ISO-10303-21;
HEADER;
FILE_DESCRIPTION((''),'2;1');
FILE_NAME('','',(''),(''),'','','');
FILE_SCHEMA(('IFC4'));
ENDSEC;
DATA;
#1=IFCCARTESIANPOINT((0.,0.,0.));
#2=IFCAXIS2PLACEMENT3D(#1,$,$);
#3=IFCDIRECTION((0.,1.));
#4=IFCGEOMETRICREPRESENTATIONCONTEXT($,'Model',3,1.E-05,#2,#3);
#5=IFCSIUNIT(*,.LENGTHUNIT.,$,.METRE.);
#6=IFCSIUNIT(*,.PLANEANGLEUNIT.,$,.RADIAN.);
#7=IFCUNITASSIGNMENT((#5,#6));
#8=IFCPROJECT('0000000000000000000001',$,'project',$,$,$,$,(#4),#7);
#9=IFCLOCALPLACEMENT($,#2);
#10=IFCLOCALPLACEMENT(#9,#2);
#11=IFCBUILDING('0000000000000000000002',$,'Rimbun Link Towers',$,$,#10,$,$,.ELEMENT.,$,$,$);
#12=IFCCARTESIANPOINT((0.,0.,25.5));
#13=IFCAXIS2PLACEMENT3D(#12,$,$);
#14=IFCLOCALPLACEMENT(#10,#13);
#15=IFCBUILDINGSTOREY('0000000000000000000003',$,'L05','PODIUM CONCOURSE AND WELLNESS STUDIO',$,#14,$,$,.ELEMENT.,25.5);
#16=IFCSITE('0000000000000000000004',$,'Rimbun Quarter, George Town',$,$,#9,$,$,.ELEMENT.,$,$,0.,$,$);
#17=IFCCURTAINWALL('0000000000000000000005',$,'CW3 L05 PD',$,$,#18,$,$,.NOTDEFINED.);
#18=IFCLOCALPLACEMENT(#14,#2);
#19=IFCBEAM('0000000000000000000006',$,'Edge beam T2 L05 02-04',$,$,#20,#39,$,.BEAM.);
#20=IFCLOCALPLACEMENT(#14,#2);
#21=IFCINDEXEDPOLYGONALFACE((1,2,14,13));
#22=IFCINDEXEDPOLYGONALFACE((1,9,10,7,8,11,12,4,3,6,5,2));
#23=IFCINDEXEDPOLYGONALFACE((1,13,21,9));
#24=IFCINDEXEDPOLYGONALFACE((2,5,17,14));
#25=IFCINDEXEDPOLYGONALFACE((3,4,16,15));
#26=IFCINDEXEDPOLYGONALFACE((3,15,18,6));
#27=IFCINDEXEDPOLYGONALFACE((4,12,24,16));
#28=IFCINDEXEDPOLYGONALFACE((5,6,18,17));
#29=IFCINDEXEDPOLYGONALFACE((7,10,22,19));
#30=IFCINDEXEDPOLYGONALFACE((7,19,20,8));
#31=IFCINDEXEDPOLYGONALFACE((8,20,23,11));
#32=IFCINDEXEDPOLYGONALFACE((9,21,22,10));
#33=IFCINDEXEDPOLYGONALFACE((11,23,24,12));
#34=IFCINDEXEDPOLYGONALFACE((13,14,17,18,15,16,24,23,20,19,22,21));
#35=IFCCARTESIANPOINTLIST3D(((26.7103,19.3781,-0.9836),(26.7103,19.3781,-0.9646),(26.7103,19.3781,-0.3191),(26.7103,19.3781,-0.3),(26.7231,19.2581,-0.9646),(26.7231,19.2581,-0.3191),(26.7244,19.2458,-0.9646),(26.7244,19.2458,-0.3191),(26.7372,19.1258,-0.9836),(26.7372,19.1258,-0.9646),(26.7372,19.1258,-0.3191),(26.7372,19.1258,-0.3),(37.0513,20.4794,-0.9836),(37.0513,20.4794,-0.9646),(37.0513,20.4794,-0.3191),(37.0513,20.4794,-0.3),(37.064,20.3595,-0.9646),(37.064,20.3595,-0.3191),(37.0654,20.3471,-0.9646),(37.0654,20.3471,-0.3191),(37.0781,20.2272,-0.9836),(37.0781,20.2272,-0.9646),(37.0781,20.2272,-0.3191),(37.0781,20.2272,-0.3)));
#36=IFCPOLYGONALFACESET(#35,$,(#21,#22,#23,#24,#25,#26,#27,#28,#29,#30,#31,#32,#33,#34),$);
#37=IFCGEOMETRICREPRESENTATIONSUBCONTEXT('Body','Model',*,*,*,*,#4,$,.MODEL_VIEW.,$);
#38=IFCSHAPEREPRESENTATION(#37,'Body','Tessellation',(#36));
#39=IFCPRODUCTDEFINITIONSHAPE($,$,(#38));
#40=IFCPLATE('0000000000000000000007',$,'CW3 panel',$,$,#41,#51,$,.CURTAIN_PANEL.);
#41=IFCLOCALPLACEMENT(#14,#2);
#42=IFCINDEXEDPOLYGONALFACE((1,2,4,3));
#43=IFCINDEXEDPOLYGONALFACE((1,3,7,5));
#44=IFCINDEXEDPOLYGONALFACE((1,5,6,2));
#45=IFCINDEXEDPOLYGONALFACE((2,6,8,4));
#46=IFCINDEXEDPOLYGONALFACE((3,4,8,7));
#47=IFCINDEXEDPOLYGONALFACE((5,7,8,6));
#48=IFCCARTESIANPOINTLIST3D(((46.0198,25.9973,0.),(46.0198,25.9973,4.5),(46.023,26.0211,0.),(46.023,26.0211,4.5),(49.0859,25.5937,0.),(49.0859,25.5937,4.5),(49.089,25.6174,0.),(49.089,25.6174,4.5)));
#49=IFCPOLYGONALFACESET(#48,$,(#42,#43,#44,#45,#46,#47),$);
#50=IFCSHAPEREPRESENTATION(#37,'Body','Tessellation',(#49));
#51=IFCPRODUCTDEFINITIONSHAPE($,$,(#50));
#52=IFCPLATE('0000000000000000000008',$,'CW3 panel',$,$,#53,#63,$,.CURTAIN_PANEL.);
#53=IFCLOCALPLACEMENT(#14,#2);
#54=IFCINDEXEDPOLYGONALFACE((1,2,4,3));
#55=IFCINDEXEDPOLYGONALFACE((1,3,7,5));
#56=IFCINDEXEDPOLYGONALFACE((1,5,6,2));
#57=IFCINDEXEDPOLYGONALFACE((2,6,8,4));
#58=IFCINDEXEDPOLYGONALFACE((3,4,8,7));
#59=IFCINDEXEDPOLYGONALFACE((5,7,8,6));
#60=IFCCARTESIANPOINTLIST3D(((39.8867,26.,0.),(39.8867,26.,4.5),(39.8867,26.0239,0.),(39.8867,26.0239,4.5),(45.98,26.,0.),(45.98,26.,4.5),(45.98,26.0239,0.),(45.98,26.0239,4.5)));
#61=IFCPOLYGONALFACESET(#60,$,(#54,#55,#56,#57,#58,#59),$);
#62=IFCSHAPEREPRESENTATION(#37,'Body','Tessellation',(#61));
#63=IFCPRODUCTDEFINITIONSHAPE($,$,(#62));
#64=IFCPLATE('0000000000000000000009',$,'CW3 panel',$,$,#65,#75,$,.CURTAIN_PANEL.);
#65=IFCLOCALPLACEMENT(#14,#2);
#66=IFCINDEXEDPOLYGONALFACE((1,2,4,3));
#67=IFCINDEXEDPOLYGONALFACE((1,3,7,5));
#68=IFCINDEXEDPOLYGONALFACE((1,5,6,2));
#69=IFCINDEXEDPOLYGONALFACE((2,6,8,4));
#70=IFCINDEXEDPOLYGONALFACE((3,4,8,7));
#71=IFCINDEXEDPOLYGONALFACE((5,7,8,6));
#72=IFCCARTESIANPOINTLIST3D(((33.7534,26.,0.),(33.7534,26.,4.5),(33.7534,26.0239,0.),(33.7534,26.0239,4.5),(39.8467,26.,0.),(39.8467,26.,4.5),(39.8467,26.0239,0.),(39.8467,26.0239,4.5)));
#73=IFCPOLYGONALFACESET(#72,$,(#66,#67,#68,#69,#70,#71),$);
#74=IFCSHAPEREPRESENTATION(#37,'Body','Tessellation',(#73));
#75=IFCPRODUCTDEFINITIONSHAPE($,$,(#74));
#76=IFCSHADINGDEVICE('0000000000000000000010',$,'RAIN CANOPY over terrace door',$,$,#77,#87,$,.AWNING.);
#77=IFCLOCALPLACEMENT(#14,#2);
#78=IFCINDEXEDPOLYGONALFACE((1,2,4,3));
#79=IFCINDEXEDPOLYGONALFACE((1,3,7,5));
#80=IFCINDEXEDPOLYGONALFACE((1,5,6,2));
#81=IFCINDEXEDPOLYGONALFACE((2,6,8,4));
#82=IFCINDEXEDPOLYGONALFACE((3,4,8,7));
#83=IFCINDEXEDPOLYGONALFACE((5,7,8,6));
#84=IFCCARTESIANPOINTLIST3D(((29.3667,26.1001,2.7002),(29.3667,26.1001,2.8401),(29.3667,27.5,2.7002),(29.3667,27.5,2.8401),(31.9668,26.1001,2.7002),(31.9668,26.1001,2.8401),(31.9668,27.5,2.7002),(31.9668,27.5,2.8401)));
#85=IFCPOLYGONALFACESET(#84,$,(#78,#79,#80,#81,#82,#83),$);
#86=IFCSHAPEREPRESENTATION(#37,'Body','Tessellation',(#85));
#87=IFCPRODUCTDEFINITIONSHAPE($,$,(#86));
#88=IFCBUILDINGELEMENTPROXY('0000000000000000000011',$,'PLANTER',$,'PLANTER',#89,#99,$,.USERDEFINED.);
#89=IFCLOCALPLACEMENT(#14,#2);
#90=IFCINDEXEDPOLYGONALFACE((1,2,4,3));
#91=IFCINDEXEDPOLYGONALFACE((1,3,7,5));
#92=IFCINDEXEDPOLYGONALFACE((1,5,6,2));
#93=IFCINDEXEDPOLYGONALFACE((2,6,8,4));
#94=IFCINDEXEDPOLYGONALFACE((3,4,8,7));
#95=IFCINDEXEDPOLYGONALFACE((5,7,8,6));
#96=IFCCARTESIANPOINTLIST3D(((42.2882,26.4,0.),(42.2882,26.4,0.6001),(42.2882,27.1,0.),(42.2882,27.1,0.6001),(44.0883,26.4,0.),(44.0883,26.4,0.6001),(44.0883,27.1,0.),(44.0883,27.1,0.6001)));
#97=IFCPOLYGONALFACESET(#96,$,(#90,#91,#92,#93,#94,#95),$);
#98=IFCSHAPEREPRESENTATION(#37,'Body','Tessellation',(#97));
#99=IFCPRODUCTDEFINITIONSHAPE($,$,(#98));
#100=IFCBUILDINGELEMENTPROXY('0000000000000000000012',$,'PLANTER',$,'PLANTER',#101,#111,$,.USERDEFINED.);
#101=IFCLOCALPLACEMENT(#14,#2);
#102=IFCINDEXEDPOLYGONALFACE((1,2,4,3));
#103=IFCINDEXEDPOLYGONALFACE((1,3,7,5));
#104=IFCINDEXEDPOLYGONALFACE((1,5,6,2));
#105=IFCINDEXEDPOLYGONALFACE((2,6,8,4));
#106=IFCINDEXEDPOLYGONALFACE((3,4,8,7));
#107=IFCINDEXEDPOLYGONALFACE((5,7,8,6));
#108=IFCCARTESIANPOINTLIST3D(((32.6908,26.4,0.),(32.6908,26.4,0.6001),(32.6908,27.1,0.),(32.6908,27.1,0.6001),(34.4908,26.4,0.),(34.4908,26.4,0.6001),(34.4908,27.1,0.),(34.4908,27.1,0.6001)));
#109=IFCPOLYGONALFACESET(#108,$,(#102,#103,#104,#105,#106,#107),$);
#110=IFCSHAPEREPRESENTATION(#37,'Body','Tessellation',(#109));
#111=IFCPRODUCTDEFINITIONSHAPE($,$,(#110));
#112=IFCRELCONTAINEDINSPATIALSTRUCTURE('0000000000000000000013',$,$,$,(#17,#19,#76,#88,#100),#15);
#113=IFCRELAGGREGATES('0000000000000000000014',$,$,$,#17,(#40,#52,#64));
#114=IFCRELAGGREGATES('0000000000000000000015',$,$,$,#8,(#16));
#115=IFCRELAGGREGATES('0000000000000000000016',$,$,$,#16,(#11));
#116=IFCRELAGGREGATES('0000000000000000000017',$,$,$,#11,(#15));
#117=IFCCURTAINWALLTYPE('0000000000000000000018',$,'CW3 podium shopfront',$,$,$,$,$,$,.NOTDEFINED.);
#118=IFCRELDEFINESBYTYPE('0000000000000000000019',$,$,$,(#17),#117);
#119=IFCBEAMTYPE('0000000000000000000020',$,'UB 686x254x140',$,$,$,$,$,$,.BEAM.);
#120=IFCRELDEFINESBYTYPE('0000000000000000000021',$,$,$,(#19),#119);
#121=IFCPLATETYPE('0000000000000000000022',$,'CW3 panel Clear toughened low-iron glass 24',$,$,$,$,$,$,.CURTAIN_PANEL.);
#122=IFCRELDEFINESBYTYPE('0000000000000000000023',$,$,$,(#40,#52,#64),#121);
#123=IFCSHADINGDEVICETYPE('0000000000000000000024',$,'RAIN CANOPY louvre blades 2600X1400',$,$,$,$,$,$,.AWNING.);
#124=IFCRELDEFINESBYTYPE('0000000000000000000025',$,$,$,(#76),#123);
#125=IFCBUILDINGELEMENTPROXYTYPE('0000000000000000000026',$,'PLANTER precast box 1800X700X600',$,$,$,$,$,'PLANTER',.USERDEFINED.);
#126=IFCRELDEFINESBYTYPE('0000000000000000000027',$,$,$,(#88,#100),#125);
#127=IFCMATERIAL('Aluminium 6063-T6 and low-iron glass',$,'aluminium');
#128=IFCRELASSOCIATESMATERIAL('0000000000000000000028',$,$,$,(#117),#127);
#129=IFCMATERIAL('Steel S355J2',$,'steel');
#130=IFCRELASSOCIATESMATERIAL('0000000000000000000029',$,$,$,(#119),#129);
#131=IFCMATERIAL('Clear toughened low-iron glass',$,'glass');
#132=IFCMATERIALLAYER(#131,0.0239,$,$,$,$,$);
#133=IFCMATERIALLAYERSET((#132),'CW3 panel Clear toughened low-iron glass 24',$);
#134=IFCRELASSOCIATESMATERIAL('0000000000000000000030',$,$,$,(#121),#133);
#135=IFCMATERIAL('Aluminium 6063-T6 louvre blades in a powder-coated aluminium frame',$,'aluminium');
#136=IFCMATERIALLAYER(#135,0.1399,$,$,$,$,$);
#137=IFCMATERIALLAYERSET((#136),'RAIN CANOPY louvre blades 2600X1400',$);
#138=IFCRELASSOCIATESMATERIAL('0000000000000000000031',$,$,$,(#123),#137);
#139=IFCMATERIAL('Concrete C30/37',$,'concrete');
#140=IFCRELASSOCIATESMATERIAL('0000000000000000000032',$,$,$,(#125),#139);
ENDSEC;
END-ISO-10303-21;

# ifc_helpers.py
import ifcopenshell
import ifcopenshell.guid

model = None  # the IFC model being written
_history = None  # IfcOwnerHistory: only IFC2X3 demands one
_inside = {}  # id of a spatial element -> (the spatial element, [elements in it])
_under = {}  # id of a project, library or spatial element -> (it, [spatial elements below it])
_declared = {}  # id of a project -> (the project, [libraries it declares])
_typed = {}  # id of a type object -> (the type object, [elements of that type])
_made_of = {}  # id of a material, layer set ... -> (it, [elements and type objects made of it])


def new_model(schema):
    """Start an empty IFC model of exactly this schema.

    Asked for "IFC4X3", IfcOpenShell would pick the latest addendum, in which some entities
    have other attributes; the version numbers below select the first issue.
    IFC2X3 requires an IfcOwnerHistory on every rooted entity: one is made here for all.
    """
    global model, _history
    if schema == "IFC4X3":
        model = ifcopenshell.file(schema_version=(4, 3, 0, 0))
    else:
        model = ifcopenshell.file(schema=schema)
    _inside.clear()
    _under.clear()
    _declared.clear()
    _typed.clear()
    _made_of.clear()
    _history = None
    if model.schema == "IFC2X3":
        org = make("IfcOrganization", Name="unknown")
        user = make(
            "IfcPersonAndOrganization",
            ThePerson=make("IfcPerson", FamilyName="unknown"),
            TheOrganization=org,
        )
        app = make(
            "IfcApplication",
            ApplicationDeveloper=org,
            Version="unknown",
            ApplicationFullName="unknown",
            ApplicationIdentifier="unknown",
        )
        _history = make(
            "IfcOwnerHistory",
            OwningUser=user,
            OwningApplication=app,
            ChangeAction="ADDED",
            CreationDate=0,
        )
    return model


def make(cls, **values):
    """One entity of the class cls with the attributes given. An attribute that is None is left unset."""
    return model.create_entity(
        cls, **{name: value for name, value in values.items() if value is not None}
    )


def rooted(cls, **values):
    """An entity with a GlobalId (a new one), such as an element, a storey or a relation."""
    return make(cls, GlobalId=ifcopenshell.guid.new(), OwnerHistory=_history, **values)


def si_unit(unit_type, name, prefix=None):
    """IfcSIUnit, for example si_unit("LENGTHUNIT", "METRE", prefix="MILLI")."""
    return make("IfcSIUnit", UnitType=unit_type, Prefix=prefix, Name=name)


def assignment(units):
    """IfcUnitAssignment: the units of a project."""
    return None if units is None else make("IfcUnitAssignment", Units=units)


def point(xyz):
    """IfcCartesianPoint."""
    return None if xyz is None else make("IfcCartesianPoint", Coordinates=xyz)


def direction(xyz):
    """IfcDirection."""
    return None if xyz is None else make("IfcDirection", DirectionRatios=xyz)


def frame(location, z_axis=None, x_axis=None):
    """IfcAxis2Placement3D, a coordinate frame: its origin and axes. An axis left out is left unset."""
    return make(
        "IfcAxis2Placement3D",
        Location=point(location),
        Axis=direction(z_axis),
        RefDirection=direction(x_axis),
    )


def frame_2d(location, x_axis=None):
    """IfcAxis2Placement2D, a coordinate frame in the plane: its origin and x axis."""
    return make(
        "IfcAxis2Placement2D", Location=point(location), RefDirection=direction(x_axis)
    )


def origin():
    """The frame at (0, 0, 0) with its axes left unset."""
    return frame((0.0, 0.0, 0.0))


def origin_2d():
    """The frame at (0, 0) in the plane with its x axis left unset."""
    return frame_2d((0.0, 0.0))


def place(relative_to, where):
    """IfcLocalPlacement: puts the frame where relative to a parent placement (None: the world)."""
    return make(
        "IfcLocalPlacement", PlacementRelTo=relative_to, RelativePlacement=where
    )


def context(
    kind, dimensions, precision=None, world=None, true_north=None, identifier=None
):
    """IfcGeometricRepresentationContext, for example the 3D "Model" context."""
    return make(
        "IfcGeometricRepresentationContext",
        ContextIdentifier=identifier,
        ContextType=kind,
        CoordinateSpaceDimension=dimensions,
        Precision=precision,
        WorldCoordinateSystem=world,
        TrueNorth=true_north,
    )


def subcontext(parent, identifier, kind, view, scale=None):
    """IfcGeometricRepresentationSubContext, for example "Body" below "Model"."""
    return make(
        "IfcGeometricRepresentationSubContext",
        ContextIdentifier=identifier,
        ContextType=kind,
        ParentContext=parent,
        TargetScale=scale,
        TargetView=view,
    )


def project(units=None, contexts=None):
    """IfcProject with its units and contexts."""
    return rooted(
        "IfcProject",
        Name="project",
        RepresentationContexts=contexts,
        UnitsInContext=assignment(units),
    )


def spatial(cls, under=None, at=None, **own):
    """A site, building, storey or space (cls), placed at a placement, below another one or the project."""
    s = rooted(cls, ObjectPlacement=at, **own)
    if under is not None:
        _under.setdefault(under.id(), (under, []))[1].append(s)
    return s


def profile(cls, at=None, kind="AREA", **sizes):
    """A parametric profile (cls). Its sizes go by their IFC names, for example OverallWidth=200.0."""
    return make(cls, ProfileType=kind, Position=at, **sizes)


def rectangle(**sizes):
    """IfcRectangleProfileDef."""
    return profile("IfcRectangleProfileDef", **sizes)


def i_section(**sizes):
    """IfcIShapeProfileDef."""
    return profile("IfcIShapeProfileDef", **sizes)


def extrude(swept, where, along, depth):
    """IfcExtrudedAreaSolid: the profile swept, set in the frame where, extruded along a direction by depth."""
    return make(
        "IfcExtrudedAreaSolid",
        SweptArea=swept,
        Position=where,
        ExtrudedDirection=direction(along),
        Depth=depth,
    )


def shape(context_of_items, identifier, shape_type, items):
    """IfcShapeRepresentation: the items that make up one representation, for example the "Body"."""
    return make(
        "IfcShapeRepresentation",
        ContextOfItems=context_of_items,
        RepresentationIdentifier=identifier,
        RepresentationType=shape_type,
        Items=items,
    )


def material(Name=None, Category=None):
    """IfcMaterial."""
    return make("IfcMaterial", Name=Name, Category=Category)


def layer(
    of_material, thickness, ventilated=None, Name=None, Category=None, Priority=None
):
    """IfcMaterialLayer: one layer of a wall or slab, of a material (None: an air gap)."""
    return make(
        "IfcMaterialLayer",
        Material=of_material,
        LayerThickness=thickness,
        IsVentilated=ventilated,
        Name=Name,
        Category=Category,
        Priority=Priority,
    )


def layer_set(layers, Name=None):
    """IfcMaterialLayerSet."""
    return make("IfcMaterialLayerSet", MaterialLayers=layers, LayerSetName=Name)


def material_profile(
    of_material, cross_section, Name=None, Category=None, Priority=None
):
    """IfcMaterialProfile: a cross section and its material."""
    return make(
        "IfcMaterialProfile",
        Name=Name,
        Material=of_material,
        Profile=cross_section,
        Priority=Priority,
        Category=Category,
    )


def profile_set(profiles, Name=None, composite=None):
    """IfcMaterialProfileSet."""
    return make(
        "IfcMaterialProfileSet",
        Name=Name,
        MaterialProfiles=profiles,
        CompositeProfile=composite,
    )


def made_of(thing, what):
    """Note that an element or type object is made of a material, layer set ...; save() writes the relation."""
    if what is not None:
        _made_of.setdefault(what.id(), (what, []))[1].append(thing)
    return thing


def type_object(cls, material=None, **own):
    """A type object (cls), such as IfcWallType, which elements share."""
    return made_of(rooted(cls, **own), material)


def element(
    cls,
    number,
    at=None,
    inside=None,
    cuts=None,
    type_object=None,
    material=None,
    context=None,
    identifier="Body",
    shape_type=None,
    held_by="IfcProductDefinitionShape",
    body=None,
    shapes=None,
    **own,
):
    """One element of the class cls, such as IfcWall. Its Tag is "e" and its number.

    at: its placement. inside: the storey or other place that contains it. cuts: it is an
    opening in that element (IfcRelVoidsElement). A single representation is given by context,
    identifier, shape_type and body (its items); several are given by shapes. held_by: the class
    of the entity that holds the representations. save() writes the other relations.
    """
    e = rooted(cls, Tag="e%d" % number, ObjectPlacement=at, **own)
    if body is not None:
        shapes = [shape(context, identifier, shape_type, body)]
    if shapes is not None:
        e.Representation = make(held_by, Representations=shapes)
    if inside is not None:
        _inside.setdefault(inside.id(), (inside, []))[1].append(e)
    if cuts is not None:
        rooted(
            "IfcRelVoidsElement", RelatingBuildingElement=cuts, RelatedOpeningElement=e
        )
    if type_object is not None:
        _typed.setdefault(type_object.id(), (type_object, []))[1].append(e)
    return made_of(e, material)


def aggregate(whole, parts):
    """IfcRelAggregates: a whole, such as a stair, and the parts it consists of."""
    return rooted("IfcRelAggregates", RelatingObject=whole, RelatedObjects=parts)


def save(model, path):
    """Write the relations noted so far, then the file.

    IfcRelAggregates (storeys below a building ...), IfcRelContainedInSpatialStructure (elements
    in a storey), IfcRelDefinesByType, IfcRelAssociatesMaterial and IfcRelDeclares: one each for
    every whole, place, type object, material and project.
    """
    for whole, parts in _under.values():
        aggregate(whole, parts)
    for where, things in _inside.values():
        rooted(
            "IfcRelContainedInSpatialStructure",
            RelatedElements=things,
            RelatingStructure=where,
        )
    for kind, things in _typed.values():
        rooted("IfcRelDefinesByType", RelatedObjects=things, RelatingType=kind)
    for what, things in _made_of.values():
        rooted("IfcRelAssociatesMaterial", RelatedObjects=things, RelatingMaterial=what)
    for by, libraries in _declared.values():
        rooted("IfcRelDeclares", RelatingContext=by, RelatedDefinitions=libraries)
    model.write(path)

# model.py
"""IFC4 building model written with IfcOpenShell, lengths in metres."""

from ifc_helpers import new_model, si_unit, direction, frame, origin, origin_2d, place, context, subcontext, project, spatial, rectangle, i_section, extrude, material, layer, layer_set, material_profile, profile_set, type_object, element, aggregate, save


model = new_model("IFC4")

# Units and contexts
model_context = context("Model", 3, precision=1e-05, world=origin(), true_north=direction((0.0, 1.0)))
body_context = subcontext(model_context, "Body", "Model", "MODEL_VIEW")
ifc_project = project(units=[si_unit("LENGTHUNIT", "METRE"), si_unit("PLANEANGLEUNIT", "RADIAN")], contexts=[model_context])

# Site, building, storey
site_placement = place(None, origin())
site = spatial("IfcSite", under=ifc_project, at=site_placement, Name="Rimbun Quarter, George Town", CompositionType="ELEMENT", RefElevation=0.0)
building_placement = place(site_placement, origin())
building = spatial("IfcBuilding", under=site, at=building_placement, Name="Rimbun Link Towers", CompositionType="ELEMENT")
storey_placement = place(building_placement, frame((0.0, 0.0, 25.5)))
storey = spatial("IfcBuildingStorey", under=building, at=storey_placement, Name="L05", Description="PODIUM CONCOURSE AND WELLNESS STUDIO", CompositionType="ELEMENT", Elevation=25.5)

# Curtain wall
ifc_material_1 = material(Name="Aluminium 6063-T6 and low-iron glass", Category="aluminium")
curtain_wall_type = type_object("IfcCurtainWallType", Name="CW3 podium shopfront", PredefinedType="NOTDEFINED", material=ifc_material_1)
curtain_wall_placement = place(storey_placement, origin())
curtain_wall = element("IfcCurtainWall", 1, at=curtain_wall_placement, inside=storey, type_object=curtain_wall_type, Name="CW3 L05 PD", PredefinedType="NOTDEFINED")

# Beam
ifc_material_2 = material(Name="Steel S355J2", Category="steel")
ifc_material_profile_1 = material_profile(ifc_material_2, i_section(OverallWidth=0.2537, OverallDepth=0.6836, WebThickness=0.0125, FlangeThickness=0.019, at=origin_2d()), Name="UB 686x254x140")
ifc_profile_set_1 = profile_set([ifc_material_profile_1], Name="Steel S355J2")
beam_type_1 = type_object("IfcBeamType", Name="UB 686x254x140", PredefinedType="BEAM", material=ifc_profile_set_1)
beam_1_placement = place(storey_placement, frame((37.0647, 20.3533, -0.6418), z_axis=(-0.994376, -0.105903, 0.0), x_axis=(0.105903, -0.994376, 0.0)))
element("IfcBeam", 2, at=beam_1_placement, inside=storey, type_object=beam_type_1, Name="Edge beam T2 L05 02-04", PredefinedType="BEAM", context=body_context, shape_type="SweptSolid", body=[
    extrude(i_section(OverallWidth=0.2537, OverallDepth=0.6836, WebThickness=0.0125, FlangeThickness=0.019, at=origin_2d()), origin(), (0.0, 0.0, 1.0), 10.3994),
])

# Plates
ifc_material_3 = material(Name="Clear toughened low-iron glass", Category="glass")
ifc_layer_1 = layer(ifc_material_3, 0.0239)
ifc_layer_set_1 = layer_set([ifc_layer_1], Name="CW3 panel Clear toughened low-iron glass 24")
plate_type = type_object("IfcPlateType", Name="CW3 panel Clear toughened low-iron glass 24", PredefinedType="CURTAIN_PANEL", material=ifc_layer_set_1)
plate_1_placement = place(storey_placement, frame((47.5544, 25.8074, 0.0), z_axis=(0.0, 0.0, 1.0), x_axis=(0.991444, -0.13053, 0.0)))
plate_1 = element("IfcPlate", 3, at=plate_1_placement, type_object=plate_type, Name="CW3 panel", PredefinedType="CURTAIN_PANEL", context=body_context, shape_type="SweptSolid", body=[
    extrude(rectangle(XDim=3.0925, YDim=0.0239, at=origin_2d()), origin(), (0.0, 0.0, 1.0), 4.5),
])
plate_2_placement = place(storey_placement, frame((42.9333, 26.012, 0.0), z_axis=(0.0, 0.0, 1.0), x_axis=(1.0, 0.0, 0.0)))
plate_2 = element("IfcPlate", 4, at=plate_2_placement, type_object=plate_type, Name="CW3 panel", PredefinedType="CURTAIN_PANEL", context=body_context, shape_type="SweptSolid", body=[
    extrude(rectangle(XDim=6.0933, YDim=0.0239, at=origin_2d()), origin(), (0.0, 0.0, 1.0), 4.5),
])
plate_3_placement = place(storey_placement, frame((36.8, 26.012, 0.0), z_axis=(0.0, 0.0, 1.0), x_axis=(1.0, 0.0, 0.0)))
plate_3 = element("IfcPlate", 5, at=plate_3_placement, type_object=plate_type, Name="CW3 panel", PredefinedType="CURTAIN_PANEL", context=body_context, shape_type="SweptSolid", body=[
    extrude(rectangle(XDim=6.0933, YDim=0.0239, at=origin_2d()), origin(), (0.0, 0.0, 1.0), 4.5),
])
aggregate(curtain_wall, [plate_1, plate_2, plate_3])

# Shading device
ifc_material_4 = material(Name="Aluminium 6063-T6 louvre blades in a powder-coated aluminium frame", Category="aluminium")
ifc_layer_2 = layer(ifc_material_4, 0.1399)
ifc_layer_set_2 = layer_set([ifc_layer_2], Name="RAIN CANOPY louvre blades 2600X1400")
shading_device_type = type_object("IfcShadingDeviceType", Name="RAIN CANOPY louvre blades 2600X1400", PredefinedType="AWNING", material=ifc_layer_set_2)
shading_device_placement = place(storey_placement, frame((30.6667, 26.8, 2.7002), z_axis=(0.0, 0.0, 1.0), x_axis=(1.0, 0.0, 0.0)))
element("IfcShadingDevice", 6, at=shading_device_placement, inside=storey, type_object=shading_device_type, Name="RAIN CANOPY over terrace door", PredefinedType="AWNING", context=body_context, shape_type="SweptSolid", body=[
    extrude(rectangle(XDim=2.6001, YDim=1.3999, at=origin_2d()), origin(), (0.0, 0.0, 1.0), 0.1399),
])

# Building element proxies
ifc_material_5 = material(Name="Concrete C30/37", Category="concrete")
building_element_proxy_type = type_object("IfcBuildingElementProxyType", Name="PLANTER precast box 1800X700X600", ElementType="PLANTER", PredefinedType="USERDEFINED", material=ifc_material_5)
for number, where, z_axis, x_axis, name in (
    (7, (43.1882, 26.75, 0.0), (0.0, 0.0, 1.0), (-1.0, 0.0, 0.0), "PLANTER"),
    (8, (33.5908, 26.75, 0.0), (0.0, 0.0, 1.0), (-1.0, 0.0, 0.0), "PLANTER"),
):
    element("IfcBuildingElementProxy", number, at=place(storey_placement, frame(where, z_axis=z_axis, x_axis=x_axis)), inside=storey, type_object=building_element_proxy_type, Name=name, ObjectType="PLANTER", PredefinedType="USERDEFINED", context=body_context, shape_type="SweptSolid", body=[
        extrude(rectangle(XDim=1.8, YDim=0.7, at=origin_2d()), origin(), (0.0, 0.0, 1.0), 0.6001),
    ])

save(model, "model.ifc")
